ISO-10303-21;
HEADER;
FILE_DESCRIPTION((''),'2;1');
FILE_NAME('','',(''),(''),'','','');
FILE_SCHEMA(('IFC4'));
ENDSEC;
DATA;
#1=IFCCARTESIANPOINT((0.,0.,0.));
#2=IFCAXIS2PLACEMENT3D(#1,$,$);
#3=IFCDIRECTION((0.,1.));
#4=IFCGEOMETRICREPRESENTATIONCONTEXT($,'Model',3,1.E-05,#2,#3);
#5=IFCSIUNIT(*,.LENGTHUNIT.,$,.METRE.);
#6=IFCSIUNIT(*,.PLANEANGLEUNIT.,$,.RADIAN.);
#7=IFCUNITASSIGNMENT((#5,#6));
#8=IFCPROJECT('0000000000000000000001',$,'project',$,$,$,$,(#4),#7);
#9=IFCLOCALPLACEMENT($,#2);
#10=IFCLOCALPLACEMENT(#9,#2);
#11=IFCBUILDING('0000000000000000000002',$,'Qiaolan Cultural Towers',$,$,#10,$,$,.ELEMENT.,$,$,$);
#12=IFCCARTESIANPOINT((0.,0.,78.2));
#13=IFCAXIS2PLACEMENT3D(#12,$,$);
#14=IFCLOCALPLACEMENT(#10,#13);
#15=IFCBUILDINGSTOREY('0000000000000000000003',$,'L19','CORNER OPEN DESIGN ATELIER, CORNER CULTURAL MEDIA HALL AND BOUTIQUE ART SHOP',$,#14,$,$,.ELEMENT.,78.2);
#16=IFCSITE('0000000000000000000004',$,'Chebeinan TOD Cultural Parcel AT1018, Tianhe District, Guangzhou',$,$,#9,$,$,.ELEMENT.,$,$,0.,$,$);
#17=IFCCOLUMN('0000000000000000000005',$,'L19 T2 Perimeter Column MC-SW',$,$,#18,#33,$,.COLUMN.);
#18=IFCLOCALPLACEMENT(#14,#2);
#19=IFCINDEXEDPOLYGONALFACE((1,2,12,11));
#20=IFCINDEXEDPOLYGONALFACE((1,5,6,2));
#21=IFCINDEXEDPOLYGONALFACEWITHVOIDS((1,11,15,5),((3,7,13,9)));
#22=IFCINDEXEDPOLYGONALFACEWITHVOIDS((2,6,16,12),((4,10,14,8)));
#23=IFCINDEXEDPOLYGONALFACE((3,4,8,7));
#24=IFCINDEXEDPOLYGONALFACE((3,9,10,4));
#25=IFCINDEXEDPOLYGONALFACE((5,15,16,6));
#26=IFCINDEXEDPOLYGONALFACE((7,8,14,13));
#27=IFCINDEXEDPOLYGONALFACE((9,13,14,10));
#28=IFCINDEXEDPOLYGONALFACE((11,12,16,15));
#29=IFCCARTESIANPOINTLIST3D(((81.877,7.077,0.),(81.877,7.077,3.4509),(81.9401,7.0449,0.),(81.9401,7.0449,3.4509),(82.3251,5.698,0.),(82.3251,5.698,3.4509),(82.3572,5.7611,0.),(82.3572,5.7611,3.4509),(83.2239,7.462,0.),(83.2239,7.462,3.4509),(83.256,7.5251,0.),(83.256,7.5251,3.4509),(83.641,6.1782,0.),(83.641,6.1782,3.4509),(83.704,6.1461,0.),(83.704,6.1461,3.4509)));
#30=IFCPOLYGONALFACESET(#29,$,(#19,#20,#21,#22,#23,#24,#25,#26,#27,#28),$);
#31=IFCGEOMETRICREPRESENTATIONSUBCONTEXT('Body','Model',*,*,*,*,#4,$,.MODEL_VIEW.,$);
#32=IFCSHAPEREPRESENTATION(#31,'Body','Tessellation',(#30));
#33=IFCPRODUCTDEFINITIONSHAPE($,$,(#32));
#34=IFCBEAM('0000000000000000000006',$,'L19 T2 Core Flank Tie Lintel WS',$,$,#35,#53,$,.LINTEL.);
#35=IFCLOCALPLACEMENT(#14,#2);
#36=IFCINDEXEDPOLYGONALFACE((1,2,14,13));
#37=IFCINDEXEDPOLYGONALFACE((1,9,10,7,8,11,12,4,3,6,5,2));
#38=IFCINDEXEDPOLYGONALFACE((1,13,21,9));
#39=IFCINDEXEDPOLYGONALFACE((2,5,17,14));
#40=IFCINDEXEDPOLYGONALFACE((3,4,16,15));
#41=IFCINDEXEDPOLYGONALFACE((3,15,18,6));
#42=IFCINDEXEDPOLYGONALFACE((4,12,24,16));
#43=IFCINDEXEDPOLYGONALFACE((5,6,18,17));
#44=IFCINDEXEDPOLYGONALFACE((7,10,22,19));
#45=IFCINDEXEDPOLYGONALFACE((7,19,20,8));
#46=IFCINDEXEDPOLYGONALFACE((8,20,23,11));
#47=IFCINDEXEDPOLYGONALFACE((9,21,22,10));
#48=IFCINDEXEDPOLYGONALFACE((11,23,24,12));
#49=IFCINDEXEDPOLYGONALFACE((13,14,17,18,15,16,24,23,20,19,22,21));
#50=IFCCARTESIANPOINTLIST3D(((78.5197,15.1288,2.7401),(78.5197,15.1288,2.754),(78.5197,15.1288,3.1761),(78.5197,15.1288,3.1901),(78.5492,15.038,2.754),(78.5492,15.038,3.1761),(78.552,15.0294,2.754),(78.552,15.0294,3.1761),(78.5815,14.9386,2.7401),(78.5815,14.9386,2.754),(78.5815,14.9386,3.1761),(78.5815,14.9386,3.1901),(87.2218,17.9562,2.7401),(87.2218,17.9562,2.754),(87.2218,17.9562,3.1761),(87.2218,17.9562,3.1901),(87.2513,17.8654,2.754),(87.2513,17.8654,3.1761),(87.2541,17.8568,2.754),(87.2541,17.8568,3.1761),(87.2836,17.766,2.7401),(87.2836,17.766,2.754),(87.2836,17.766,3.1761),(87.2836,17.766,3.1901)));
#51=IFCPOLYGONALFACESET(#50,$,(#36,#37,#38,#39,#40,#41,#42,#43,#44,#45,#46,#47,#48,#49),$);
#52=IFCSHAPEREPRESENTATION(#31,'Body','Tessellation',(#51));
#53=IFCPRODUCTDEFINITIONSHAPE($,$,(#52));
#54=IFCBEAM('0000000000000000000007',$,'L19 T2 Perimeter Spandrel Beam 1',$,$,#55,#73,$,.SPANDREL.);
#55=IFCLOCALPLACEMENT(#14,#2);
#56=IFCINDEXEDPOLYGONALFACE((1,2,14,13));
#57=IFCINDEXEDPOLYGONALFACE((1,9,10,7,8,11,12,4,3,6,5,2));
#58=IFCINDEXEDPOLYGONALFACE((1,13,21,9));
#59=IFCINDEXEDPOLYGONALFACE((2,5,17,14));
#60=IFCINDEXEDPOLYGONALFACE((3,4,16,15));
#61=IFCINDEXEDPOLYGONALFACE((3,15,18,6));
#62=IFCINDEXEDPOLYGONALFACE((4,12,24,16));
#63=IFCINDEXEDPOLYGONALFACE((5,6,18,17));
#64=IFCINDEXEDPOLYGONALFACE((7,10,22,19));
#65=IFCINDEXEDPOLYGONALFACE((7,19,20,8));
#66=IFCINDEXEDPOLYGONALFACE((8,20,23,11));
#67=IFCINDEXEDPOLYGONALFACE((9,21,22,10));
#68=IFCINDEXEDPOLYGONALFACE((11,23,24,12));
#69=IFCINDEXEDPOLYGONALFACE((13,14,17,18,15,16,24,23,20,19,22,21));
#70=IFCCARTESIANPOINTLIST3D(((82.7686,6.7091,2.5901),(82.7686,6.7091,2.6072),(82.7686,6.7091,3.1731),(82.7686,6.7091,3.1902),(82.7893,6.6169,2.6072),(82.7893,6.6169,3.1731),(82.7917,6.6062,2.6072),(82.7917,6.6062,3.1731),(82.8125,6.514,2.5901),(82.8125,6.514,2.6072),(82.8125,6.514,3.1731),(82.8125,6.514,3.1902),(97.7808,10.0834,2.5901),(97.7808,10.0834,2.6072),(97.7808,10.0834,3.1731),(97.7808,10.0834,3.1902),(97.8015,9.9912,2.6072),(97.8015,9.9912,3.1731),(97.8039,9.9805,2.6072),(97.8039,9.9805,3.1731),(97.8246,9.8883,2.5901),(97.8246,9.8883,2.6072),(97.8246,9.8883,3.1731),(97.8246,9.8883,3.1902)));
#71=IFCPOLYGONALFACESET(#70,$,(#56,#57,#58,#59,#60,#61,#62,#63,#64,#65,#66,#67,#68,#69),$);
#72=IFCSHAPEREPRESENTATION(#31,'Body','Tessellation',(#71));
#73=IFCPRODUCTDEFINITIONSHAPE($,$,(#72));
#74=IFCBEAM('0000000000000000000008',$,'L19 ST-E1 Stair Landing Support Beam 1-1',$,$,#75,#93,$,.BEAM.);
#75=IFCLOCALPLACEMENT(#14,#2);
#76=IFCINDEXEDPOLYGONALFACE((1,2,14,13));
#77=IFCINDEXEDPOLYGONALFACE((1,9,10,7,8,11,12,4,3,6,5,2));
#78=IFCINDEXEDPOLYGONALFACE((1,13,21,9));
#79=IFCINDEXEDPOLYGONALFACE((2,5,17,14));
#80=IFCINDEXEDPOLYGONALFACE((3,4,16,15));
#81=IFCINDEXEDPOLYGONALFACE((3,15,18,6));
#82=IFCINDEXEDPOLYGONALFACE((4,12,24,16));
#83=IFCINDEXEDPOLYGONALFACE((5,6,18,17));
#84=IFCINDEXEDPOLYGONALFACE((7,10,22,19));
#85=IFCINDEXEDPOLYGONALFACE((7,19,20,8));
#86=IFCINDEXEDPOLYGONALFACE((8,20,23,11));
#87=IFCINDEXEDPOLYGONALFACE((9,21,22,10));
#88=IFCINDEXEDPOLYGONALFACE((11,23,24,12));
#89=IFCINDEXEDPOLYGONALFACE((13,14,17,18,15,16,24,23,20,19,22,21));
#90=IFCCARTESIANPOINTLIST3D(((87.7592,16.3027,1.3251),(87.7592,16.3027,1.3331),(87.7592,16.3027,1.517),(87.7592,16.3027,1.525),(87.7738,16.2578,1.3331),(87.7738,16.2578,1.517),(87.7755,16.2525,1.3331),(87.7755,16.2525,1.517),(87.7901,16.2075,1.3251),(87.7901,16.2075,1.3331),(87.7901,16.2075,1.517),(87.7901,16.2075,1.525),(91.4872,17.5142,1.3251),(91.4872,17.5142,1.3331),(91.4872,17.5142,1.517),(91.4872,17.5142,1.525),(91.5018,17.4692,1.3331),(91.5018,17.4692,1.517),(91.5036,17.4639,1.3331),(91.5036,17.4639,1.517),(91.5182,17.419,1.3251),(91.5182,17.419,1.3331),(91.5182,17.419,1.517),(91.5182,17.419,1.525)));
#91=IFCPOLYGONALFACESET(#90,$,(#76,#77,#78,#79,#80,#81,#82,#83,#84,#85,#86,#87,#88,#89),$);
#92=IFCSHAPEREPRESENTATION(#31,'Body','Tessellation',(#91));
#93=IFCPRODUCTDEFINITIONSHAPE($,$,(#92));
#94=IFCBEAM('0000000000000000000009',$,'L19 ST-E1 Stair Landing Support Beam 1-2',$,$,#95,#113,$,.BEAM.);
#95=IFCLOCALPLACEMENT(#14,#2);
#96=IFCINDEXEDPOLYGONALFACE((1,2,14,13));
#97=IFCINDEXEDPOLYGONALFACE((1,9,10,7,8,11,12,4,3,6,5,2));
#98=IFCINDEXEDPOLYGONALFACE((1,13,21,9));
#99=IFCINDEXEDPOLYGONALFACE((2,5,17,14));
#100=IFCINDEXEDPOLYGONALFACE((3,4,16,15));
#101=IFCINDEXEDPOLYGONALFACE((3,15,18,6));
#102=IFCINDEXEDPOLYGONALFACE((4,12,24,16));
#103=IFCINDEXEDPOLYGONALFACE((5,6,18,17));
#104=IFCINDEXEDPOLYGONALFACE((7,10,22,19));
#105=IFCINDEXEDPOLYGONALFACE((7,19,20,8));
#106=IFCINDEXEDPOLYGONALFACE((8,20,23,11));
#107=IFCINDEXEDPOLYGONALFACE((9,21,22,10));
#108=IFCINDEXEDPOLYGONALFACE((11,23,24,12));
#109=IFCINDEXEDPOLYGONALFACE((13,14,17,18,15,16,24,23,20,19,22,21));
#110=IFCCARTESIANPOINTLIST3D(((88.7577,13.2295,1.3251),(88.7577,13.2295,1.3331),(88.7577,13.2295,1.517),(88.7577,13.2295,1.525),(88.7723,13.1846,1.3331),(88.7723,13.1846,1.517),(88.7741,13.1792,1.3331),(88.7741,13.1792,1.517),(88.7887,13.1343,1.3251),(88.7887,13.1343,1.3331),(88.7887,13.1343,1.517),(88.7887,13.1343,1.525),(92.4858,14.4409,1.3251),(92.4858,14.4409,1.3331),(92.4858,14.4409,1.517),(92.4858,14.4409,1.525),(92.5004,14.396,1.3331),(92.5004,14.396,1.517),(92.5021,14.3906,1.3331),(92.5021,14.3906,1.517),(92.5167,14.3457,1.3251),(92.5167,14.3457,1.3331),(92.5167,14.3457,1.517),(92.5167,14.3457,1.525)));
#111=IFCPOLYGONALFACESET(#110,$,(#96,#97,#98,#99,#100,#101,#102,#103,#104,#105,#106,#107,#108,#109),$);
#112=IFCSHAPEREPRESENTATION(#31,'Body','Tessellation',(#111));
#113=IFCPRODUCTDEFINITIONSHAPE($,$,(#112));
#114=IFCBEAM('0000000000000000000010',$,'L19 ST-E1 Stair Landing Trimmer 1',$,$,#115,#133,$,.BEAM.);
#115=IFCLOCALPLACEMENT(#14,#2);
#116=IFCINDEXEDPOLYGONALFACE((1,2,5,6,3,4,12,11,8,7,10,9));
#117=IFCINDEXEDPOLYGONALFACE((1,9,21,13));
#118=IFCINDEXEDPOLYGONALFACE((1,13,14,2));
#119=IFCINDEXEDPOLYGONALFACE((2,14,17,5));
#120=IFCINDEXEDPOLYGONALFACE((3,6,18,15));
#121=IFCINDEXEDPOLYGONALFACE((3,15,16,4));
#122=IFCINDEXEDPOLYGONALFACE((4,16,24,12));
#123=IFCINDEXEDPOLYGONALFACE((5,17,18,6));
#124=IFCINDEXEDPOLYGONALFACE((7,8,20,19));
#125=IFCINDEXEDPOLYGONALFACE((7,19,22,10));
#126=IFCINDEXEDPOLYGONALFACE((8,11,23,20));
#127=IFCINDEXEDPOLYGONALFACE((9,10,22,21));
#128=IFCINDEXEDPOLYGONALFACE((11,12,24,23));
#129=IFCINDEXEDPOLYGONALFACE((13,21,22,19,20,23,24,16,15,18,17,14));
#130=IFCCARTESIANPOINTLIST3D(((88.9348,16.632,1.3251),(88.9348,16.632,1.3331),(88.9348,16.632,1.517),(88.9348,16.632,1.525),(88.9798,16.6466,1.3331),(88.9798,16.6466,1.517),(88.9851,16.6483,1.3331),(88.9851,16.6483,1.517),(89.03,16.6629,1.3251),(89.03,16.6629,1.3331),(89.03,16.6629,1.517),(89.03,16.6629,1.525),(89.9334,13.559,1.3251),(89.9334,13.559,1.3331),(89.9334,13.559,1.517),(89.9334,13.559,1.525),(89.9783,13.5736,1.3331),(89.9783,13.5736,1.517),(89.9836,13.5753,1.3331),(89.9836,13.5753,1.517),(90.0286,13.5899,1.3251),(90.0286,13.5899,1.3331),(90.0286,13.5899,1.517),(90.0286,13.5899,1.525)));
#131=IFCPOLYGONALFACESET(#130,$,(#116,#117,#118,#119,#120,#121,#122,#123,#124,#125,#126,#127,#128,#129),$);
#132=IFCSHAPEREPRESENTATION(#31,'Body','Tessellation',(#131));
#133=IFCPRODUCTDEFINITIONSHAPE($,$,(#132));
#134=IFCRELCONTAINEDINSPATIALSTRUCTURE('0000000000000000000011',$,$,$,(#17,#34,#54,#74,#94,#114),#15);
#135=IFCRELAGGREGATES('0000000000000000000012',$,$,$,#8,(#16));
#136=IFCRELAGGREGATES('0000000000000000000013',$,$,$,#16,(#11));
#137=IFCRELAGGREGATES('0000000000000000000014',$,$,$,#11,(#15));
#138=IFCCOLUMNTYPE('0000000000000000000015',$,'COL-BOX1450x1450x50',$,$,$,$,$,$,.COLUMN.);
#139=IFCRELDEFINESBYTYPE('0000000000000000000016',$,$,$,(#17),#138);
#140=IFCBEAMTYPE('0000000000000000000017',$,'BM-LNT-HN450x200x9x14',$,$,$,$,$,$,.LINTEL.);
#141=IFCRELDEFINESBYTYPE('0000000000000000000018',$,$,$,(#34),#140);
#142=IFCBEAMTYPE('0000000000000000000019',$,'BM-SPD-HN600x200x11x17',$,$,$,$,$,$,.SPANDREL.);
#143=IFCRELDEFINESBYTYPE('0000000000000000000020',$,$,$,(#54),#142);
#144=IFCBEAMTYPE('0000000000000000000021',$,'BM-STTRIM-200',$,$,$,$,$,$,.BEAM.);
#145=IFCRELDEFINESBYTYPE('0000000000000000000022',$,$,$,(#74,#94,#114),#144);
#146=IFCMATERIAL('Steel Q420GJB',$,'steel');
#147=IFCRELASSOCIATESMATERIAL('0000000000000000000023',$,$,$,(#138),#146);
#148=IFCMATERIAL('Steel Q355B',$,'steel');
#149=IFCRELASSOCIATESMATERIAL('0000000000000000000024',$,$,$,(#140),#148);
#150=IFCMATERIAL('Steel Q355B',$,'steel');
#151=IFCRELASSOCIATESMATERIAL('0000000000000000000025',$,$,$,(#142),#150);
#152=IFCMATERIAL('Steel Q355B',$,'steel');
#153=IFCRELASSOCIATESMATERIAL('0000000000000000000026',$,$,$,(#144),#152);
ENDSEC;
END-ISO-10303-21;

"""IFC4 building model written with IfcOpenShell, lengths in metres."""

from ifc_helpers import new_model, si_unit, direction, frame, origin, origin_2d, place, context, subcontext, project, spatial, hollow_rectangle, i_section, extrude, material, material_profile, profile_set, type_object, element, save


model = new_model("IFC4")

# Units and contexts
model_context = context("Model", 3, precision=1e-05, world=origin(), true_north=direction((0.0, 1.0)))
body_context = subcontext(model_context, "Body", "Model", "MODEL_VIEW")
ifc_project = project(units=[si_unit("LENGTHUNIT", "METRE"), si_unit("PLANEANGLEUNIT", "RADIAN")], contexts=[model_context])

# Site, building, storey
site_placement = place(None, origin())
site = spatial("IfcSite", under=ifc_project, at=site_placement, Name="Chebeinan TOD Cultural Parcel AT1018, Tianhe District, Guangzhou", CompositionType="ELEMENT", RefElevation=0.0)
building_placement = place(site_placement, origin())
building = spatial("IfcBuilding", under=site, at=building_placement, Name="Qiaolan Cultural Towers", CompositionType="ELEMENT")
storey_placement = place(building_placement, frame((0.0, 0.0, 78.2)))
storey = spatial("IfcBuildingStorey", under=building, at=storey_placement, Name="L19", Description="CORNER OPEN DESIGN ATELIER, CORNER CULTURAL MEDIA HALL AND BOUTIQUE ART SHOP", CompositionType="ELEMENT", Elevation=78.2)

# Column
ifc_material_1 = material(Name="Steel Q420GJB", Category="steel")
ifc_material_profile_1 = material_profile(ifc_material_1, hollow_rectangle(XDim=1.45, YDim=1.45, WallThickness=0.05, at=origin_2d()), Name="BOX1450x1450x50")
ifc_profile_set_1 = profile_set([ifc_material_profile_1], Name="Steel Q420GJB")
column_type = type_object("IfcColumnType", Name="COL-BOX1450x1450x50", PredefinedType="COLUMN", material=ifc_profile_set_1)
column_placement = place(storey_placement, frame((82.7905, 6.6116, 0.0), z_axis=(0.0, 0.0, 1.0), x_axis=(0.951057, 0.309017, 0.0)))
element("IfcColumn", 1, at=column_placement, inside=storey, type_object=column_type, Name="L19 T2 Perimeter Column MC-SW", PredefinedType="COLUMN", context=body_context, shape_type="SweptSolid", body=[
    extrude(hollow_rectangle(XDim=1.45, YDim=1.45, WallThickness=0.05, at=origin_2d()), origin(), (0.0, 0.0, 1.0), 3.4509),
])

# Beams
ifc_material_2 = material(Name="Steel Q355B", Category="steel")
ifc_material_profile_2 = material_profile(ifc_material_2, i_section(OverallWidth=0.2, OverallDepth=0.45, WebThickness=0.009, FlangeThickness=0.0139, at=origin_2d()), Name="HN450x200x9x14")
ifc_profile_set_2 = profile_set([ifc_material_profile_2], Name="Steel Q355B")
beam_type_1 = type_object("IfcBeamType", Name="BM-LNT-HN450x200x9x14", PredefinedType="LINTEL", material=ifc_profile_set_2)
beam_1_placement = place(storey_placement, frame((87.2527, 17.8611, 2.9651), z_axis=(-0.95106, -0.309006, 0.0), x_axis=(0.309006, -0.95106, 0.0)))
element("IfcBeam", 2, at=beam_1_placement, inside=storey, type_object=beam_type_1, Name="L19 T2 Core Flank Tie Lintel WS", PredefinedType="LINTEL", context=body_context, shape_type="SweptSolid", body=[
    extrude(i_section(OverallWidth=0.2, OverallDepth=0.45, WebThickness=0.009, FlangeThickness=0.0139, at=origin_2d()), origin(), (0.0, 0.0, 1.0), 9.1499),
])
ifc_material_3 = material(Name="Steel Q355B", Category="steel")
ifc_material_profile_3 = material_profile(ifc_material_3, i_section(OverallWidth=0.2, OverallDepth=0.6001, WebThickness=0.011, FlangeThickness=0.0171, at=origin_2d()), Name="HN600x200x11x17")
ifc_profile_set_3 = profile_set([ifc_material_profile_3], Name="Steel Q355B")
beam_type_2 = type_object("IfcBeamType", Name="BM-SPD-HN600x200x11x17", PredefinedType="SPANDREL", material=ifc_profile_set_3)
beam_2_placement = place(storey_placement, frame((82.7905, 6.6116, 2.8901), z_axis=(0.975658, 0.219297, 0.0), x_axis=(-0.219297, 0.975658, 0.0)))
element("IfcBeam", 3, at=beam_2_placement, inside=storey, type_object=beam_type_2, Name="L19 T2 Perimeter Spandrel Beam 1", PredefinedType="SPANDREL", context=body_context, shape_type="SweptSolid", body=[
    extrude(i_section(OverallWidth=0.2, OverallDepth=0.6001, WebThickness=0.011, FlangeThickness=0.0171, at=origin_2d()), origin(), (0.0, 0.0, 1.0), 15.3867),
])
ifc_material_4 = material(Name="Steel Q355B", Category="steel")
ifc_material_profile_4 = material_profile(ifc_material_4, i_section(OverallWidth=0.1001, OverallDepth=0.2, WebThickness=0.0056, FlangeThickness=0.0081, at=origin_2d()), Name="HN200x100x5.5x8")
ifc_profile_set_4 = profile_set([ifc_material_profile_4], Name="Steel Q355B")
beam_type_3 = type_object("IfcBeamType", Name="BM-STTRIM-200", PredefinedType="BEAM", material=ifc_profile_set_4)
for number, where, z_axis, x_axis, name in (
    (4, (87.7747, 16.2551, 1.425), (0.951048, 0.309044, 0.0), (-0.309044, 0.951048, 0.0), "L19 ST-E1 Stair Landing Support Beam 1-1"),
    (5, (88.7732, 13.1819, 1.425), (0.951048, 0.309044, 0.0), (-0.309044, 0.951048, 0.0), "L19 ST-E1 Stair Landing Support Beam 1-2"),
):
    element("IfcBeam", number, at=place(storey_placement, frame(where, z_axis=z_axis, x_axis=x_axis)), inside=storey, type_object=beam_type_3, Name=name, PredefinedType="BEAM", context=body_context, shape_type="SweptSolid", body=[
        extrude(i_section(OverallWidth=0.1001, OverallDepth=0.2, WebThickness=0.0056, FlangeThickness=0.0081, at=origin_2d()), origin(), (0.0, 0.0, 1.0), 3.9199),
    ])
beam_3_placement = place(storey_placement, frame((88.9824, 16.6475, 1.425), z_axis=(0.309033, -0.951051, 0.0), x_axis=(0.951051, 0.309033, 0.0)))
element("IfcBeam", 6, at=beam_3_placement, inside=storey, type_object=beam_type_3, Name="L19 ST-E1 Stair Landing Trimmer 1", PredefinedType="BEAM", context=body_context, shape_type="SweptSolid", body=[
    extrude(i_section(OverallWidth=0.1001, OverallDepth=0.2, WebThickness=0.0056, FlangeThickness=0.0081, at=origin_2d()), origin(), (0.0, 0.0, 1.0), 3.2312),
])

save(model, "model.ifc")
